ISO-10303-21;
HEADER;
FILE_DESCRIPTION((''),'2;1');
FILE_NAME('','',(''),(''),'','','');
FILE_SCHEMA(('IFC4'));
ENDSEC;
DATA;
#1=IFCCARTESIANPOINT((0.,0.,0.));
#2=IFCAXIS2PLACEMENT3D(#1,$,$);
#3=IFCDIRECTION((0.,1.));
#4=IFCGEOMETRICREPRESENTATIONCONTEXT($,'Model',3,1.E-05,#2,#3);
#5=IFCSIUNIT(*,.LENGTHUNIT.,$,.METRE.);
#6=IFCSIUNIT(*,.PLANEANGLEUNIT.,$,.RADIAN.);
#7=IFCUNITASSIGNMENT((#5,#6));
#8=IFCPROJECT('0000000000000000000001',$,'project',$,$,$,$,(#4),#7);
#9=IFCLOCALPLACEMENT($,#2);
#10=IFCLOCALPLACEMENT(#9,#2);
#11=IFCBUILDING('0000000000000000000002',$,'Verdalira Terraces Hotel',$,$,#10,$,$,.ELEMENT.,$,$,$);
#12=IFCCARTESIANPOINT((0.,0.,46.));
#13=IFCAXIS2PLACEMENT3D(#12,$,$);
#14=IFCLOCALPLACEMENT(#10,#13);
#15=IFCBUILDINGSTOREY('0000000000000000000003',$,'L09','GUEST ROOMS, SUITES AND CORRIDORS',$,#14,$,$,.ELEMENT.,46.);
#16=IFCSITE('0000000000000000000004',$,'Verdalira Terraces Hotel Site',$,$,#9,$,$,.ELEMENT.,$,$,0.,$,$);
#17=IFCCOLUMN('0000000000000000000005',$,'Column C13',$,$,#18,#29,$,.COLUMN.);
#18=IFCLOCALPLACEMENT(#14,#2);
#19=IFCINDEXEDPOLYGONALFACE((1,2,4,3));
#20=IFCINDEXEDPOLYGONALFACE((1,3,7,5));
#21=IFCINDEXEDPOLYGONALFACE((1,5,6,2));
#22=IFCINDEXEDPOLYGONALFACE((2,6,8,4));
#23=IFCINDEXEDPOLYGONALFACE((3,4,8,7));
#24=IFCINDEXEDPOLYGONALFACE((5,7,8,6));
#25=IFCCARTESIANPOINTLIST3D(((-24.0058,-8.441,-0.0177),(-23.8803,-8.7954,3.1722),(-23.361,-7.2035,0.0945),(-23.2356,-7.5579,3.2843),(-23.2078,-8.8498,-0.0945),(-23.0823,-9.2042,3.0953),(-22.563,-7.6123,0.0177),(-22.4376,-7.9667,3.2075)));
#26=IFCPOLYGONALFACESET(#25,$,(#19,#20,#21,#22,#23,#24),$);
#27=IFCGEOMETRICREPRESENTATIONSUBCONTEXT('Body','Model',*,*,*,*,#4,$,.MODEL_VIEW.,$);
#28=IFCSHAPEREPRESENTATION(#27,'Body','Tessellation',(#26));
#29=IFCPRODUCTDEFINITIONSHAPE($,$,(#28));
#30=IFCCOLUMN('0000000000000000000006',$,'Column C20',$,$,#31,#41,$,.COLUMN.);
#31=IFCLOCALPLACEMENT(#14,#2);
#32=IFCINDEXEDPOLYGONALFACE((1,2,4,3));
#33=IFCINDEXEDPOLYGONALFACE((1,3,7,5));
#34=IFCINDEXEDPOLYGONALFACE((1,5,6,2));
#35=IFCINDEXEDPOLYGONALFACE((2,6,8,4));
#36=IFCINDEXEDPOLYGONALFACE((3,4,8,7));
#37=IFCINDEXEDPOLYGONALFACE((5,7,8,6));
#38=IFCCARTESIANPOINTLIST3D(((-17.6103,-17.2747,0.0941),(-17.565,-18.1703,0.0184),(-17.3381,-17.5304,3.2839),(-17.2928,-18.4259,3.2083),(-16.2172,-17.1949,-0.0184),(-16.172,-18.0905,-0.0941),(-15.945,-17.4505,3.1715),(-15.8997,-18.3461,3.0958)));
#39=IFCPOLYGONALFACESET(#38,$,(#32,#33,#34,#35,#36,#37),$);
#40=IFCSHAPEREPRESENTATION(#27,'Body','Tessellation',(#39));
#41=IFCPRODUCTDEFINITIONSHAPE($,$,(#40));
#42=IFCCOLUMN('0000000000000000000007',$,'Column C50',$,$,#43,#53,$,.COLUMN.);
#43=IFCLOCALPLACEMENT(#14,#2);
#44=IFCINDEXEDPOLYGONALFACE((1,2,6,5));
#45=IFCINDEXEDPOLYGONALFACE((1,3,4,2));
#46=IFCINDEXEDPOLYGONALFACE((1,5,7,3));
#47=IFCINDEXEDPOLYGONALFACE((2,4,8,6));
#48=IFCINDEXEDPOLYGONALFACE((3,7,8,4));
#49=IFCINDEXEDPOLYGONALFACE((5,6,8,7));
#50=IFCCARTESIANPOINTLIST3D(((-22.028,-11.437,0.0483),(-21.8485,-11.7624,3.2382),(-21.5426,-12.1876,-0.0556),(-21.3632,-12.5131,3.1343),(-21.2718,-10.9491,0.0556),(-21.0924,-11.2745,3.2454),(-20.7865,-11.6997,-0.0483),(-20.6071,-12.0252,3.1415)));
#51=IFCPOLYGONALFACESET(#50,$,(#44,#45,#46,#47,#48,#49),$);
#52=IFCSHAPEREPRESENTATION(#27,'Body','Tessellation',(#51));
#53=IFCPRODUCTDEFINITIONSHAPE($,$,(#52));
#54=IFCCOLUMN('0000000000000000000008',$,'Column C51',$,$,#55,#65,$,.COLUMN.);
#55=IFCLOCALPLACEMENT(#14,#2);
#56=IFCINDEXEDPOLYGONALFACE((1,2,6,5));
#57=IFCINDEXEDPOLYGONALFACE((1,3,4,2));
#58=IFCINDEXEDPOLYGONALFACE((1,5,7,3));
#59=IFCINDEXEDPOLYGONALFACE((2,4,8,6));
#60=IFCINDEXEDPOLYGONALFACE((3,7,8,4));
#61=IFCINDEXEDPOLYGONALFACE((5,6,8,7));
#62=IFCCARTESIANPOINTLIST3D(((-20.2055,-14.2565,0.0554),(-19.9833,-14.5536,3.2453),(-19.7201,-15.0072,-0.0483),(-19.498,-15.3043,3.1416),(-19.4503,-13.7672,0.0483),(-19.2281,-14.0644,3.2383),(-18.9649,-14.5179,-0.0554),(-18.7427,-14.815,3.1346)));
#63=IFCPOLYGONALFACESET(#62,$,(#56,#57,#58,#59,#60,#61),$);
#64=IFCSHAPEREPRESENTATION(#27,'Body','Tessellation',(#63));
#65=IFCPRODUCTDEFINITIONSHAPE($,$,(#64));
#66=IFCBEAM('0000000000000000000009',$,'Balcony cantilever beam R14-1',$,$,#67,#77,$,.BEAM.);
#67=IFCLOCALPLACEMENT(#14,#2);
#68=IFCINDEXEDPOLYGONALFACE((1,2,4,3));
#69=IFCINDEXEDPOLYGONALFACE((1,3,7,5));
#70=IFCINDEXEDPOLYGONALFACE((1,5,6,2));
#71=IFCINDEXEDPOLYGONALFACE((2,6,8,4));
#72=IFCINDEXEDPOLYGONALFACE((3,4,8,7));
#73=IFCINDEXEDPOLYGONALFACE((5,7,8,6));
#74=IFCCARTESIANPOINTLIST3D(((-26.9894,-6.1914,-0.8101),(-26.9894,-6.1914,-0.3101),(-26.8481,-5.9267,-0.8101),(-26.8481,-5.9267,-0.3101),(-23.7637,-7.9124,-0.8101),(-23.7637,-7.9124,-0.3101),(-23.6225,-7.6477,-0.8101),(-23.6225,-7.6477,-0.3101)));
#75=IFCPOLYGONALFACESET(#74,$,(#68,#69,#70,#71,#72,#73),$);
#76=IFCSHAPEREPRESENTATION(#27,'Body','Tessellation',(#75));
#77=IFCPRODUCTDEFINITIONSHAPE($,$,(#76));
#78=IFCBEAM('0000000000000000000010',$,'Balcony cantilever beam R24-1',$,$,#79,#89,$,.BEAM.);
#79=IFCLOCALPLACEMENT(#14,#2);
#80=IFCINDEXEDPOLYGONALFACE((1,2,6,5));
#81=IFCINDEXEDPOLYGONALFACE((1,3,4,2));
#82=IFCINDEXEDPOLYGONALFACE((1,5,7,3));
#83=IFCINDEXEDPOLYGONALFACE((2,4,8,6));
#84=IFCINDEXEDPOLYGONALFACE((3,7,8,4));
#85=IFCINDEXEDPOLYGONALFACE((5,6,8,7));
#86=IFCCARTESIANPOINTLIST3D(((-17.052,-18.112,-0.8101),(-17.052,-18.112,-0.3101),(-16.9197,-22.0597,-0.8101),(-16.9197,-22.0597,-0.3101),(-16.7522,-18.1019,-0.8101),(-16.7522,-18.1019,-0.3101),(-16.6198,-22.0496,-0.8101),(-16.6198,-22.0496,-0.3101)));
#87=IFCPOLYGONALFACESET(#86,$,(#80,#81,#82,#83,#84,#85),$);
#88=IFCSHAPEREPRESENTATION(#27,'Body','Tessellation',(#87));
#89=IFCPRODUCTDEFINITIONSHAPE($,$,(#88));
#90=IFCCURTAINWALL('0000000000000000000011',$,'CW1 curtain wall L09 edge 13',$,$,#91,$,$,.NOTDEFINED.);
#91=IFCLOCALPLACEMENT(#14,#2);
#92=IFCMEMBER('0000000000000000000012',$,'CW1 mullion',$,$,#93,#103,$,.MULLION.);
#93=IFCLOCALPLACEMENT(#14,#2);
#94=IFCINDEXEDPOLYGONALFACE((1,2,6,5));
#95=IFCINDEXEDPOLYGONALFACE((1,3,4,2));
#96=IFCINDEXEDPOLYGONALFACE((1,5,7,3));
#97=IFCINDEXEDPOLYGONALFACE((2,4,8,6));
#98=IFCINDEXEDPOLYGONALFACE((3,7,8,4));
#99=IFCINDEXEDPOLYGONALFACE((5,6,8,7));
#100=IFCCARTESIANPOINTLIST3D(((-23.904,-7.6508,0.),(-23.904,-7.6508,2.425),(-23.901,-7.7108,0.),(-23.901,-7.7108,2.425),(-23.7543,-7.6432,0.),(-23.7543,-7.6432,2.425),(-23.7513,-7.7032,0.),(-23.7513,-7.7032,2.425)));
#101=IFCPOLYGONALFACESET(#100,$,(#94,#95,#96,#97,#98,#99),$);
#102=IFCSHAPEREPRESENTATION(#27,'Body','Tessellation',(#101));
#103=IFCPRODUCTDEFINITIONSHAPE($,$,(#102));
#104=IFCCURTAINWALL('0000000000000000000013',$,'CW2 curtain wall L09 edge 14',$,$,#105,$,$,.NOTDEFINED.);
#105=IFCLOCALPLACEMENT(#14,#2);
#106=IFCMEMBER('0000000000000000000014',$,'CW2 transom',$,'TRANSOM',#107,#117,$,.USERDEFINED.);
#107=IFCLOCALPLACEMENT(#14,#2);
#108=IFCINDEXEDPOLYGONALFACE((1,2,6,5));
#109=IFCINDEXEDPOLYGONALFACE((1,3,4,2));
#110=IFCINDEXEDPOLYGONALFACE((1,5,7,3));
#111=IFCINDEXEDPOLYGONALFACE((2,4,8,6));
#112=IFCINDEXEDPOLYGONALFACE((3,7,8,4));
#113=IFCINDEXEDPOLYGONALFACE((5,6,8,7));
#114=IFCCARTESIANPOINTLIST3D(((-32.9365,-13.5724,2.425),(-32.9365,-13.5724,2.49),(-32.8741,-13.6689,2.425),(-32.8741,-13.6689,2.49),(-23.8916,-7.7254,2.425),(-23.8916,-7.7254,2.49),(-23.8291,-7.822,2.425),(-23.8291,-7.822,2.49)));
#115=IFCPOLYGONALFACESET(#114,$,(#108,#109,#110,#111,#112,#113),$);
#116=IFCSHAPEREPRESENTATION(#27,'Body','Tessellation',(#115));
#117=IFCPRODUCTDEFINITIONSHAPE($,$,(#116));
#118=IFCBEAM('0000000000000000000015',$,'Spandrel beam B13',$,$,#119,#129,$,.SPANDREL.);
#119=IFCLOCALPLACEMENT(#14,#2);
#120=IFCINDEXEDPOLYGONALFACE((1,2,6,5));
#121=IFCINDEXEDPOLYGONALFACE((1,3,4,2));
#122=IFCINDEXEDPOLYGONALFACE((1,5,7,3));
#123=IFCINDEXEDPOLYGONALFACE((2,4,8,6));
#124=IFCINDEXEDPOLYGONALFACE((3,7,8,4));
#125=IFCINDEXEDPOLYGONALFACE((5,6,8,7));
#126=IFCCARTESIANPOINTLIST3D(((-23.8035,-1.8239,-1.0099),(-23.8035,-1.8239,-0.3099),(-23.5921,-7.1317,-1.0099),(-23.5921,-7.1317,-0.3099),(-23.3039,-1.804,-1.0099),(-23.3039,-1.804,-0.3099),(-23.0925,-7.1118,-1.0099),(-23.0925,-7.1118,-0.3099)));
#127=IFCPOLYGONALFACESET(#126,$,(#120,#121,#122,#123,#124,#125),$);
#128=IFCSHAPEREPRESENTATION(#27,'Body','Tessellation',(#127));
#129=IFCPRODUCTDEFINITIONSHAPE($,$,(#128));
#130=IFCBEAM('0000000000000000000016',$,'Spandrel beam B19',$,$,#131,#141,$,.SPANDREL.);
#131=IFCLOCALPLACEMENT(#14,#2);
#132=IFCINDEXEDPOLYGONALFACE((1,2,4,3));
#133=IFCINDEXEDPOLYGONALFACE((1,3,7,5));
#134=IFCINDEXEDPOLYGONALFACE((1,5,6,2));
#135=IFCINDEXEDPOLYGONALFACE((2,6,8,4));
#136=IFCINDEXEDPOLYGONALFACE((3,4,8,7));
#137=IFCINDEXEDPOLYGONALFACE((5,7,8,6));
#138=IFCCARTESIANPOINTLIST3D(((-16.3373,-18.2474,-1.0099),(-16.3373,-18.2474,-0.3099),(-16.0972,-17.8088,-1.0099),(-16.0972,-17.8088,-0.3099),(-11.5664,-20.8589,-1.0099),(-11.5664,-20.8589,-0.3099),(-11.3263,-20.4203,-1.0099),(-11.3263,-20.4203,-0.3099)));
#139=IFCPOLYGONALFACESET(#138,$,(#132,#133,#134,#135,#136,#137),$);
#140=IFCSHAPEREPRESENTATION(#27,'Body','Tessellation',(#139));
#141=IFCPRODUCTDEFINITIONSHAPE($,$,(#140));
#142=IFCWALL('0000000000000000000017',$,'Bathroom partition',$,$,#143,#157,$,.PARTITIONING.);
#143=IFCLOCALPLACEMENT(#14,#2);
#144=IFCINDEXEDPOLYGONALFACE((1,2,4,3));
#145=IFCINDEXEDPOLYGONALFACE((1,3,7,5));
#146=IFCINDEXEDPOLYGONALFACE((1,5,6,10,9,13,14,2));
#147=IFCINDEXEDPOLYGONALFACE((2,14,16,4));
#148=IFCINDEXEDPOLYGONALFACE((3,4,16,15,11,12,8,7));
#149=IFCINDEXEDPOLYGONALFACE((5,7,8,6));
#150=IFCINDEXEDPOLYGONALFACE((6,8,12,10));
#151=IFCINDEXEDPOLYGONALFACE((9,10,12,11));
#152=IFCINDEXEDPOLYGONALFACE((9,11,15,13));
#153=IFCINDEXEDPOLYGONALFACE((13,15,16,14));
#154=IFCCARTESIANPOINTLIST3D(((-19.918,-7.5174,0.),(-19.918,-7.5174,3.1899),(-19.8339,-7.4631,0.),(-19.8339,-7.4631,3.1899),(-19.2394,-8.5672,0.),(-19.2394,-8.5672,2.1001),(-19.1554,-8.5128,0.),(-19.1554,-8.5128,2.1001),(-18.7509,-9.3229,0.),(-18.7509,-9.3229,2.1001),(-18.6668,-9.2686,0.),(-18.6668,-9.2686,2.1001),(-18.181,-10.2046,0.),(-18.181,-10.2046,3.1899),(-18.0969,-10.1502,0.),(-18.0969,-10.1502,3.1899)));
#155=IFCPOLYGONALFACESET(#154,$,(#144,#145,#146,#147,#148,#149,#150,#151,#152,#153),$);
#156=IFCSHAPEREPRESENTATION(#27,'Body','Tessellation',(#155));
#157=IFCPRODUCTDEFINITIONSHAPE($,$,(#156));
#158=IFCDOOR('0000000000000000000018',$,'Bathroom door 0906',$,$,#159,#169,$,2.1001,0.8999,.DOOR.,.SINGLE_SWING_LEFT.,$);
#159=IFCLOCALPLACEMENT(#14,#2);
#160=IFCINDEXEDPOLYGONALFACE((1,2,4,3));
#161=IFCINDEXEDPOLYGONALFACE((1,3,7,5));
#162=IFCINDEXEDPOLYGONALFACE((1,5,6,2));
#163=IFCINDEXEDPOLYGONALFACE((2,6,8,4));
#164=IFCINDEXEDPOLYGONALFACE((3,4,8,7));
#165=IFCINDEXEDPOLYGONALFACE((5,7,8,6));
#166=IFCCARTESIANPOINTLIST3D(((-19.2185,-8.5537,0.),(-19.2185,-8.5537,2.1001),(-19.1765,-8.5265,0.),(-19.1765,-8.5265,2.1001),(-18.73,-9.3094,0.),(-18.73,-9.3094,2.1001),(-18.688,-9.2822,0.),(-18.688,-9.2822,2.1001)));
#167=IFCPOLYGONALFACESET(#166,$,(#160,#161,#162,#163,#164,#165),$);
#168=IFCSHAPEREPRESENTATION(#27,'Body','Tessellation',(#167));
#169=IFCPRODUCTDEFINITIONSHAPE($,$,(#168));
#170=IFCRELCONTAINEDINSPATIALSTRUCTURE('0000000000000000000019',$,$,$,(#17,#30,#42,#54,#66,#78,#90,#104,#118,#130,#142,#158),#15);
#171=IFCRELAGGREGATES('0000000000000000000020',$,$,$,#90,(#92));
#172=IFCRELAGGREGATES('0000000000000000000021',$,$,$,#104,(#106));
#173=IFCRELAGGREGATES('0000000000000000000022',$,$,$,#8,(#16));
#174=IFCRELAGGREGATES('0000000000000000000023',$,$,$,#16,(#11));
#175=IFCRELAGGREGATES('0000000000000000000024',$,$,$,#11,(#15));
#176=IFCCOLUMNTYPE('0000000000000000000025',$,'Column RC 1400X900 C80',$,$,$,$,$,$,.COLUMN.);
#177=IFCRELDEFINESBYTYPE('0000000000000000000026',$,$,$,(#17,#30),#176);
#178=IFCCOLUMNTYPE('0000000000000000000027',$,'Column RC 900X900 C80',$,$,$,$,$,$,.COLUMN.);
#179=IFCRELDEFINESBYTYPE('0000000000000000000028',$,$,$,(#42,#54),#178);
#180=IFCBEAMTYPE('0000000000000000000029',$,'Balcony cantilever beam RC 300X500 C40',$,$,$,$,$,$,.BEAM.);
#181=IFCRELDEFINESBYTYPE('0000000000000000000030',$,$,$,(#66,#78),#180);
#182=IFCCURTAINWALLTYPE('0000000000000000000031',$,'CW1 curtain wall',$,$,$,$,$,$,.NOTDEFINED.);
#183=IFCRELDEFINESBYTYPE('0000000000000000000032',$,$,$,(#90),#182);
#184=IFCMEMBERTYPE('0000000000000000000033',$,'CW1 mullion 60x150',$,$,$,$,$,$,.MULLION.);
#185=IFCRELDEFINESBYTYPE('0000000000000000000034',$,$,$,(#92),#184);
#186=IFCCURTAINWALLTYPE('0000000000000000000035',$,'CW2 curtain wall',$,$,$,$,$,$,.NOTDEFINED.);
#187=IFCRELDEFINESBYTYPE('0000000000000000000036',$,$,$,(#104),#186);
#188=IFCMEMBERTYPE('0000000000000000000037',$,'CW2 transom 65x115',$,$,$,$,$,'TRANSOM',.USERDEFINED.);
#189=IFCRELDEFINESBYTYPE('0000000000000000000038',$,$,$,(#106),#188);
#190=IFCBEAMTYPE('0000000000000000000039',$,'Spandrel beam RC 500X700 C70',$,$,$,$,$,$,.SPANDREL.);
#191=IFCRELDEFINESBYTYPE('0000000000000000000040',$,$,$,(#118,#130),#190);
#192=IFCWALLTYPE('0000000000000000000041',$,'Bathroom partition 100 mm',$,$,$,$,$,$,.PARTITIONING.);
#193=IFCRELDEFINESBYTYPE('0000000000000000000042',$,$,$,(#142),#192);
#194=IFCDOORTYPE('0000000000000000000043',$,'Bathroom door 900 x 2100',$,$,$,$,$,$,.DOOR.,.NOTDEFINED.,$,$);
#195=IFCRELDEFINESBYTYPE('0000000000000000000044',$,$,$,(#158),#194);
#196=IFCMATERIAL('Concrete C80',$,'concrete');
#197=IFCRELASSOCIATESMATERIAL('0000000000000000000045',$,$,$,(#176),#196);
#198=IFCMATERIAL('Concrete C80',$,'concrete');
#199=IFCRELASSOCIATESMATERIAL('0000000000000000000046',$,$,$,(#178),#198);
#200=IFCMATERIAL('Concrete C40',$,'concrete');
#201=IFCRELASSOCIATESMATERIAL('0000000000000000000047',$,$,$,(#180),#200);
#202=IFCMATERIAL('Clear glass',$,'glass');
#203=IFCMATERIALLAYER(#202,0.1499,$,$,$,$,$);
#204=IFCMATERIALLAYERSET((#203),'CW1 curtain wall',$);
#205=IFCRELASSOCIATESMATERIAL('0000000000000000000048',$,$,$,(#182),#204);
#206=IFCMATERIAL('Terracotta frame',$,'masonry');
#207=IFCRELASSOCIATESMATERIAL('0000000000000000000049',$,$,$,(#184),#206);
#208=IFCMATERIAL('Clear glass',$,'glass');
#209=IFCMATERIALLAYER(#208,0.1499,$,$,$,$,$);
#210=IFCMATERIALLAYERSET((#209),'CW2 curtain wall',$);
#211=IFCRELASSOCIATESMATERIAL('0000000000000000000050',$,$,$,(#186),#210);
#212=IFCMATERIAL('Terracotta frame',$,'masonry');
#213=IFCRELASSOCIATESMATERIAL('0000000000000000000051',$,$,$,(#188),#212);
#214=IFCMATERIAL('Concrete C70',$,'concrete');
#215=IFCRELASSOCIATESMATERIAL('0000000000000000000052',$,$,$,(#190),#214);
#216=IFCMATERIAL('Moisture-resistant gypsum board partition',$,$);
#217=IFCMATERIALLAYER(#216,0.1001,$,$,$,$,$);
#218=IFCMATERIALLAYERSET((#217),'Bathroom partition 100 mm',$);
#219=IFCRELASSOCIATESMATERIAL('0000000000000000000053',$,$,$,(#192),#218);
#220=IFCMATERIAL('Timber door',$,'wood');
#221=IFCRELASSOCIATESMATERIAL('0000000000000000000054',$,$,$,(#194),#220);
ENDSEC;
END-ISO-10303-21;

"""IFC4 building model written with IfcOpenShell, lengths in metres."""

from ifc_helpers import new_model, si_unit, direction, frame, frame_2d, origin, origin_2d, place, context, subcontext, project, spatial, rectangle, extrude, material, layer, layer_set, material_profile, profile_set, type_object, element, fill, aggregate, save


model = new_model("IFC4")

# Units and contexts
model_context = context("Model", 3, precision=1e-05, world=origin(), true_north=direction((0.0, 1.0)))
body_context = subcontext(model_context, "Body", "Model", "MODEL_VIEW")
ifc_project = project(units=[si_unit("LENGTHUNIT", "METRE"), si_unit("PLANEANGLEUNIT", "RADIAN")], contexts=[model_context])

# Site, building, storey
site_placement = place(None, origin())
site = spatial("IfcSite", under=ifc_project, at=site_placement, Name="Verdalira Terraces Hotel Site", CompositionType="ELEMENT", RefElevation=0.0)
building_placement = place(site_placement, origin())
building = spatial("IfcBuilding", under=site, at=building_placement, Name="Verdalira Terraces Hotel", CompositionType="ELEMENT")
storey_placement = place(building_placement, frame((0.0, 0.0, 46.0)))
storey = spatial("IfcBuildingStorey", under=building, at=storey_placement, Name="L09", Description="GUEST ROOMS, SUITES AND CORRIDORS", CompositionType="ELEMENT", Elevation=46.0)

# Columns
ifc_material_1 = material(Name="Concrete C80", Category="concrete")
ifc_material_profile_1 = material_profile(ifc_material_1, rectangle(XDim=1.3999, YDim=0.8999, at=origin_2d()), Name="RC 1400X900")
ifc_profile_set_1 = profile_set([ifc_material_profile_1], Name="Concrete C80")
column_type_1 = type_object("IfcColumnType", Name="Column RC 1400X900 C80", PredefinedType="COLUMN", material=ifc_profile_set_1)
column_1_placement = place(storey_placement, frame((-23.2844, -8.0266, 0.0), z_axis=(0.039068, -0.110364, 0.993123), x_axis=(0.460583, 0.883993, 0.080118)))
element("IfcColumn", 1, at=column_1_placement, inside=storey, type_object=column_type_1, Name="Column C13", PredefinedType="COLUMN", context=body_context, shape_type="SweptSolid", body=[
    extrude(rectangle(XDim=1.3999, YDim=0.8999, at=origin_2d()), origin(), (0.0, 0.0, 1.0), 3.2119),
])
column_2_placement = place(storey_placement, frame((-16.8911, -17.6826, 0.0), z_axis=(0.084757, -0.079588, 0.993218), x_axis=(-0.995134, -0.057029, 0.080351)))
element("IfcColumn", 2, at=column_2_placement, inside=storey, type_object=column_type_1, Name="Column C20", PredefinedType="COLUMN", context=body_context, shape_type="SweptSolid", body=[
    extrude(rectangle(XDim=1.3999, YDim=0.8999, at=origin_2d()), origin(), (0.0, 0.0, 1.0), 3.2117),
])
ifc_material_2 = material(Name="Concrete C80", Category="concrete")
ifc_material_profile_2 = material_profile(ifc_material_2, rectangle(XDim=0.8999, YDim=0.8999, at=origin_2d()), Name="RC 900X900")
ifc_profile_set_2 = profile_set([ifc_material_profile_2], Name="Concrete C80")
column_type_2 = type_object("IfcColumnType", Name="Column RC 900X900 C80", PredefinedType="COLUMN", material=ifc_profile_set_2)
for number, where, z_axis, x_axis, name in (
    (3, (-21.4072, -11.5684, 0.0), (0.055875, -0.101335, 0.993282), (-0.840239, -0.542157, -0.008045), "Column C50"),
    (4, (-19.5852, -14.3872, 0.0), (0.06918, -0.092519, 0.993305), (-0.839232, -0.543718, 0.007806), "Column C51"),
):
    element("IfcColumn", number, at=place(storey_placement, frame(where, z_axis=z_axis, x_axis=x_axis)), inside=storey, type_object=column_type_2, Name=name, PredefinedType="COLUMN", context=body_context, shape_type="SweptSolid", body=[
        extrude(rectangle(XDim=0.8999, YDim=0.8999, at=origin_2d()), origin(), (0.0, 0.0, 1.0), 3.2114),
    ])

# Beams
ifc_material_3 = material(Name="Concrete C40", Category="concrete")
ifc_material_profile_3 = material_profile(ifc_material_3, rectangle(XDim=0.3, YDim=0.5, at=origin_2d()), Name="RC 300X500")
ifc_profile_set_3 = profile_set([ifc_material_profile_3], Name="Concrete C40")
beam_type_1 = type_object("IfcBeamType", Name="Balcony cantilever beam RC 300X500 C40", PredefinedType="BEAM", material=ifc_profile_set_3)
beam_1_placement = place(storey_placement, frame((-23.6931, -7.78, -0.5601), z_axis=(-0.882281, 0.470723, 0.0), x_axis=(-0.470723, -0.882281, 0.0)))
element("IfcBeam", 5, at=beam_1_placement, inside=storey, type_object=beam_type_1, Name="Balcony cantilever beam R14-1", PredefinedType="BEAM", context=body_context, shape_type="SweptSolid", body=[
    extrude(rectangle(XDim=0.3, YDim=0.5, at=origin_2d()), origin(), (0.0, 0.0, 1.0), 3.656),
])
beam_2_placement = place(storey_placement, frame((-16.9021, -18.1069, -0.5601), z_axis=(0.0335, -0.999439, 0.0), x_axis=(0.999439, 0.0335, 0.0)))
element("IfcBeam", 6, at=beam_2_placement, inside=storey, type_object=beam_type_1, Name="Balcony cantilever beam R24-1", PredefinedType="BEAM", context=body_context, shape_type="SweptSolid", body=[
    extrude(rectangle(XDim=0.3, YDim=0.5, at=origin_2d()), origin(), (0.0, 0.0, 1.0), 3.95),
])

# Curtain walls, members
ifc_material_4 = material(Name="Clear glass", Category="glass")
ifc_layer_1 = layer(ifc_material_4, 0.1499)
ifc_layer_set_1 = layer_set([ifc_layer_1], Name="CW1 curtain wall")
curtain_wall_type_1 = type_object("IfcCurtainWallType", Name="CW1 curtain wall", PredefinedType="NOTDEFINED", material=ifc_layer_set_1)
curtain_wall_1_placement = place(storey_placement, origin())
curtain_wall_1 = element("IfcCurtainWall", 7, at=curtain_wall_1_placement, inside=storey, type_object=curtain_wall_type_1, Name="CW1 curtain wall L09 edge 13", PredefinedType="NOTDEFINED")
ifc_material_5 = material(Name="Terracotta frame", Category="masonry")
ifc_material_profile_4 = material_profile(ifc_material_5, rectangle(XDim=0.0601, YDim=0.1499, at=origin_2d()), Name="MU 60x150")
ifc_profile_set_4 = profile_set([ifc_material_profile_4], Name="Terracotta frame")
member_type_1 = type_object("IfcMemberType", Name="CW1 mullion 60x150", PredefinedType="MULLION", material=ifc_profile_set_4)
member_1_placement = place(storey_placement, frame((-23.8276, -7.677, 0.0), z_axis=(0.0, 0.0, 1.0), x_axis=(0.050244, -0.998737, 0.0)))
member_1 = element("IfcMember", 8, at=member_1_placement, type_object=member_type_1, Name="CW1 mullion", PredefinedType="MULLION", context=body_context, shape_type="SweptSolid", body=[
    extrude(rectangle(XDim=0.0601, YDim=0.1499, at=origin_2d()), origin(), (0.0, 0.0, 1.0), 2.425),
])
aggregate(curtain_wall_1, [member_1])
ifc_material_6 = material(Name="Clear glass", Category="glass")
ifc_layer_2 = layer(ifc_material_6, 0.1499)
ifc_layer_set_2 = layer_set([ifc_layer_2], Name="CW2 curtain wall")
curtain_wall_type_2 = type_object("IfcCurtainWallType", Name="CW2 curtain wall", PredefinedType="NOTDEFINED", material=ifc_layer_set_2)
curtain_wall_2_placement = place(storey_placement, origin())
curtain_wall_2 = element("IfcCurtainWall", 9, at=curtain_wall_2_placement, inside=storey, type_object=curtain_wall_type_2, Name="CW2 curtain wall L09 edge 14", PredefinedType="NOTDEFINED")
ifc_material_7 = material(Name="Terracotta frame", Category="masonry")
ifc_material_profile_5 = material_profile(ifc_material_7, rectangle(XDim=0.115, YDim=0.0649, at=origin_2d()), Name="TR 65x115")
ifc_profile_set_5 = profile_set([ifc_material_profile_5], Name="Terracotta frame")
member_type_2 = type_object("IfcMemberType", Name="CW2 transom 65x115", ElementType="TRANSOM", PredefinedType="USERDEFINED", material=ifc_profile_set_5)
member_2_placement = place(storey_placement, frame((-23.8604, -7.7737, 2.4575), z_axis=(-0.83981, -0.54288, 0.0), x_axis=(0.54288, -0.83981, 0.0)))
member_2 = element("IfcMember", 10, at=member_2_placement, type_object=member_type_2, Name="CW2 transom", ObjectType="TRANSOM", PredefinedType="USERDEFINED", context=body_context, shape_type="SweptSolid", body=[
    extrude(rectangle(XDim=0.115, YDim=0.0649, at=origin_2d()), origin(), (0.0, 0.0, 1.0), 10.7703),
])
aggregate(curtain_wall_2, [member_2])

# Beams
ifc_material_8 = material(Name="Concrete C70", Category="concrete")
ifc_material_profile_6 = material_profile(ifc_material_8, rectangle(XDim=0.5, YDim=0.7, at=origin_2d()), Name="RC 500X700")
ifc_profile_set_6 = profile_set([ifc_material_profile_6], Name="Concrete C70")
beam_type_2 = type_object("IfcBeamType", Name="Spandrel beam RC 500X700 C70", PredefinedType="SPANDREL", material=ifc_profile_set_6)
beam_3_placement = place(storey_placement, frame((-23.5537, -1.814, -0.6599), z_axis=(0.039801, -0.999208, 0.0), x_axis=(0.999208, 0.039801, 0.0)))
element("IfcBeam", 11, at=beam_3_placement, inside=storey, type_object=beam_type_2, Name="Spandrel beam B13", PredefinedType="SPANDREL", context=body_context, shape_type="SweptSolid", body=[
    extrude(rectangle(XDim=0.5, YDim=0.7, at=origin_2d()), origin(), (0.0, 0.0, 1.0), 5.312),
])
beam_4_placement = place(storey_placement, frame((-16.2173, -18.0281, -0.6599), z_axis=(0.877183, -0.480157, 0.0), x_axis=(0.480157, 0.877183, 0.0)))
element("IfcBeam", 12, at=beam_4_placement, inside=storey, type_object=beam_type_2, Name="Spandrel beam B19", PredefinedType="SPANDREL", context=body_context, shape_type="SweptSolid", body=[
    extrude(rectangle(XDim=0.5, YDim=0.7, at=origin_2d()), origin(), (0.0, 0.0, 1.0), 5.439),
])

# Wall, opening, door
ifc_material_9 = material(Name="Moisture-resistant gypsum board partition")
ifc_layer_3 = layer(ifc_material_9, 0.1001)
ifc_layer_set_3 = layer_set([ifc_layer_3], Name="Bathroom partition 100 mm")
wall_type_1 = type_object("IfcWallType", Name="Bathroom partition 100 mm", PredefinedType="PARTITIONING", material=ifc_layer_set_3)
wall_1_placement = place(storey_placement, frame((-19.876, -7.4902, 0.0), z_axis=(0.0, 0.0, 1.0), x_axis=(0.542865, -0.83982, 0.0)))
wall_1 = element("IfcWall", 13, at=wall_1_placement, inside=storey, type_object=wall_type_1, Name="Bathroom partition", PredefinedType="PARTITIONING", context=body_context, shape_type="SweptSolid", body=[
    extrude(rectangle(XDim=3.1997, YDim=0.1001, at=frame_2d((1.5999, 0.0))), origin(), (0.0, 0.0, 1.0), 3.1899),
])
opening_placement = place(wall_1_placement, frame((1.25, 0.0, 0.0)))
opening = element("IfcOpeningElement", 14, at=opening_placement, cuts=wall_1, PredefinedType="OPENING", context=body_context, shape_type="SweptSolid", body=[
    extrude(rectangle(XDim=0.8999, YDim=2.1001, at=frame_2d((0.45, 1.05))), frame((0.0, 0.0601, 0.0), z_axis=(0.0, -1.0, 0.0), x_axis=(1.0, 0.0, 0.0)), (0.0, 0.0, 1.0), 0.1201),
])
ifc_material_10 = material(Name="Timber door", Category="wood")
door_type = type_object("IfcDoorType", Name="Bathroom door 900 x 2100", OperationType="NOTDEFINED", PredefinedType="DOOR", material=ifc_material_10)
door_placement = place(opening_placement, origin())
door = element("IfcDoor", 15, at=door_placement, inside=storey, type_object=door_type, Name="Bathroom door 0906", OperationType="SINGLE_SWING_LEFT", OverallHeight=2.1001, OverallWidth=0.8999, PredefinedType="DOOR", context=body_context, shape_type="SweptSolid", body=[
    extrude(rectangle(XDim=0.8999, YDim=2.1001, at=frame_2d((0.45, 1.05))), frame((0.0, 0.0249, 0.0), z_axis=(0.0, -1.0, 0.0), x_axis=(1.0, 0.0, 0.0)), (0.0, 0.0, 1.0), 0.05),
])
fill(opening, door)

save(model, "model.ifc")
